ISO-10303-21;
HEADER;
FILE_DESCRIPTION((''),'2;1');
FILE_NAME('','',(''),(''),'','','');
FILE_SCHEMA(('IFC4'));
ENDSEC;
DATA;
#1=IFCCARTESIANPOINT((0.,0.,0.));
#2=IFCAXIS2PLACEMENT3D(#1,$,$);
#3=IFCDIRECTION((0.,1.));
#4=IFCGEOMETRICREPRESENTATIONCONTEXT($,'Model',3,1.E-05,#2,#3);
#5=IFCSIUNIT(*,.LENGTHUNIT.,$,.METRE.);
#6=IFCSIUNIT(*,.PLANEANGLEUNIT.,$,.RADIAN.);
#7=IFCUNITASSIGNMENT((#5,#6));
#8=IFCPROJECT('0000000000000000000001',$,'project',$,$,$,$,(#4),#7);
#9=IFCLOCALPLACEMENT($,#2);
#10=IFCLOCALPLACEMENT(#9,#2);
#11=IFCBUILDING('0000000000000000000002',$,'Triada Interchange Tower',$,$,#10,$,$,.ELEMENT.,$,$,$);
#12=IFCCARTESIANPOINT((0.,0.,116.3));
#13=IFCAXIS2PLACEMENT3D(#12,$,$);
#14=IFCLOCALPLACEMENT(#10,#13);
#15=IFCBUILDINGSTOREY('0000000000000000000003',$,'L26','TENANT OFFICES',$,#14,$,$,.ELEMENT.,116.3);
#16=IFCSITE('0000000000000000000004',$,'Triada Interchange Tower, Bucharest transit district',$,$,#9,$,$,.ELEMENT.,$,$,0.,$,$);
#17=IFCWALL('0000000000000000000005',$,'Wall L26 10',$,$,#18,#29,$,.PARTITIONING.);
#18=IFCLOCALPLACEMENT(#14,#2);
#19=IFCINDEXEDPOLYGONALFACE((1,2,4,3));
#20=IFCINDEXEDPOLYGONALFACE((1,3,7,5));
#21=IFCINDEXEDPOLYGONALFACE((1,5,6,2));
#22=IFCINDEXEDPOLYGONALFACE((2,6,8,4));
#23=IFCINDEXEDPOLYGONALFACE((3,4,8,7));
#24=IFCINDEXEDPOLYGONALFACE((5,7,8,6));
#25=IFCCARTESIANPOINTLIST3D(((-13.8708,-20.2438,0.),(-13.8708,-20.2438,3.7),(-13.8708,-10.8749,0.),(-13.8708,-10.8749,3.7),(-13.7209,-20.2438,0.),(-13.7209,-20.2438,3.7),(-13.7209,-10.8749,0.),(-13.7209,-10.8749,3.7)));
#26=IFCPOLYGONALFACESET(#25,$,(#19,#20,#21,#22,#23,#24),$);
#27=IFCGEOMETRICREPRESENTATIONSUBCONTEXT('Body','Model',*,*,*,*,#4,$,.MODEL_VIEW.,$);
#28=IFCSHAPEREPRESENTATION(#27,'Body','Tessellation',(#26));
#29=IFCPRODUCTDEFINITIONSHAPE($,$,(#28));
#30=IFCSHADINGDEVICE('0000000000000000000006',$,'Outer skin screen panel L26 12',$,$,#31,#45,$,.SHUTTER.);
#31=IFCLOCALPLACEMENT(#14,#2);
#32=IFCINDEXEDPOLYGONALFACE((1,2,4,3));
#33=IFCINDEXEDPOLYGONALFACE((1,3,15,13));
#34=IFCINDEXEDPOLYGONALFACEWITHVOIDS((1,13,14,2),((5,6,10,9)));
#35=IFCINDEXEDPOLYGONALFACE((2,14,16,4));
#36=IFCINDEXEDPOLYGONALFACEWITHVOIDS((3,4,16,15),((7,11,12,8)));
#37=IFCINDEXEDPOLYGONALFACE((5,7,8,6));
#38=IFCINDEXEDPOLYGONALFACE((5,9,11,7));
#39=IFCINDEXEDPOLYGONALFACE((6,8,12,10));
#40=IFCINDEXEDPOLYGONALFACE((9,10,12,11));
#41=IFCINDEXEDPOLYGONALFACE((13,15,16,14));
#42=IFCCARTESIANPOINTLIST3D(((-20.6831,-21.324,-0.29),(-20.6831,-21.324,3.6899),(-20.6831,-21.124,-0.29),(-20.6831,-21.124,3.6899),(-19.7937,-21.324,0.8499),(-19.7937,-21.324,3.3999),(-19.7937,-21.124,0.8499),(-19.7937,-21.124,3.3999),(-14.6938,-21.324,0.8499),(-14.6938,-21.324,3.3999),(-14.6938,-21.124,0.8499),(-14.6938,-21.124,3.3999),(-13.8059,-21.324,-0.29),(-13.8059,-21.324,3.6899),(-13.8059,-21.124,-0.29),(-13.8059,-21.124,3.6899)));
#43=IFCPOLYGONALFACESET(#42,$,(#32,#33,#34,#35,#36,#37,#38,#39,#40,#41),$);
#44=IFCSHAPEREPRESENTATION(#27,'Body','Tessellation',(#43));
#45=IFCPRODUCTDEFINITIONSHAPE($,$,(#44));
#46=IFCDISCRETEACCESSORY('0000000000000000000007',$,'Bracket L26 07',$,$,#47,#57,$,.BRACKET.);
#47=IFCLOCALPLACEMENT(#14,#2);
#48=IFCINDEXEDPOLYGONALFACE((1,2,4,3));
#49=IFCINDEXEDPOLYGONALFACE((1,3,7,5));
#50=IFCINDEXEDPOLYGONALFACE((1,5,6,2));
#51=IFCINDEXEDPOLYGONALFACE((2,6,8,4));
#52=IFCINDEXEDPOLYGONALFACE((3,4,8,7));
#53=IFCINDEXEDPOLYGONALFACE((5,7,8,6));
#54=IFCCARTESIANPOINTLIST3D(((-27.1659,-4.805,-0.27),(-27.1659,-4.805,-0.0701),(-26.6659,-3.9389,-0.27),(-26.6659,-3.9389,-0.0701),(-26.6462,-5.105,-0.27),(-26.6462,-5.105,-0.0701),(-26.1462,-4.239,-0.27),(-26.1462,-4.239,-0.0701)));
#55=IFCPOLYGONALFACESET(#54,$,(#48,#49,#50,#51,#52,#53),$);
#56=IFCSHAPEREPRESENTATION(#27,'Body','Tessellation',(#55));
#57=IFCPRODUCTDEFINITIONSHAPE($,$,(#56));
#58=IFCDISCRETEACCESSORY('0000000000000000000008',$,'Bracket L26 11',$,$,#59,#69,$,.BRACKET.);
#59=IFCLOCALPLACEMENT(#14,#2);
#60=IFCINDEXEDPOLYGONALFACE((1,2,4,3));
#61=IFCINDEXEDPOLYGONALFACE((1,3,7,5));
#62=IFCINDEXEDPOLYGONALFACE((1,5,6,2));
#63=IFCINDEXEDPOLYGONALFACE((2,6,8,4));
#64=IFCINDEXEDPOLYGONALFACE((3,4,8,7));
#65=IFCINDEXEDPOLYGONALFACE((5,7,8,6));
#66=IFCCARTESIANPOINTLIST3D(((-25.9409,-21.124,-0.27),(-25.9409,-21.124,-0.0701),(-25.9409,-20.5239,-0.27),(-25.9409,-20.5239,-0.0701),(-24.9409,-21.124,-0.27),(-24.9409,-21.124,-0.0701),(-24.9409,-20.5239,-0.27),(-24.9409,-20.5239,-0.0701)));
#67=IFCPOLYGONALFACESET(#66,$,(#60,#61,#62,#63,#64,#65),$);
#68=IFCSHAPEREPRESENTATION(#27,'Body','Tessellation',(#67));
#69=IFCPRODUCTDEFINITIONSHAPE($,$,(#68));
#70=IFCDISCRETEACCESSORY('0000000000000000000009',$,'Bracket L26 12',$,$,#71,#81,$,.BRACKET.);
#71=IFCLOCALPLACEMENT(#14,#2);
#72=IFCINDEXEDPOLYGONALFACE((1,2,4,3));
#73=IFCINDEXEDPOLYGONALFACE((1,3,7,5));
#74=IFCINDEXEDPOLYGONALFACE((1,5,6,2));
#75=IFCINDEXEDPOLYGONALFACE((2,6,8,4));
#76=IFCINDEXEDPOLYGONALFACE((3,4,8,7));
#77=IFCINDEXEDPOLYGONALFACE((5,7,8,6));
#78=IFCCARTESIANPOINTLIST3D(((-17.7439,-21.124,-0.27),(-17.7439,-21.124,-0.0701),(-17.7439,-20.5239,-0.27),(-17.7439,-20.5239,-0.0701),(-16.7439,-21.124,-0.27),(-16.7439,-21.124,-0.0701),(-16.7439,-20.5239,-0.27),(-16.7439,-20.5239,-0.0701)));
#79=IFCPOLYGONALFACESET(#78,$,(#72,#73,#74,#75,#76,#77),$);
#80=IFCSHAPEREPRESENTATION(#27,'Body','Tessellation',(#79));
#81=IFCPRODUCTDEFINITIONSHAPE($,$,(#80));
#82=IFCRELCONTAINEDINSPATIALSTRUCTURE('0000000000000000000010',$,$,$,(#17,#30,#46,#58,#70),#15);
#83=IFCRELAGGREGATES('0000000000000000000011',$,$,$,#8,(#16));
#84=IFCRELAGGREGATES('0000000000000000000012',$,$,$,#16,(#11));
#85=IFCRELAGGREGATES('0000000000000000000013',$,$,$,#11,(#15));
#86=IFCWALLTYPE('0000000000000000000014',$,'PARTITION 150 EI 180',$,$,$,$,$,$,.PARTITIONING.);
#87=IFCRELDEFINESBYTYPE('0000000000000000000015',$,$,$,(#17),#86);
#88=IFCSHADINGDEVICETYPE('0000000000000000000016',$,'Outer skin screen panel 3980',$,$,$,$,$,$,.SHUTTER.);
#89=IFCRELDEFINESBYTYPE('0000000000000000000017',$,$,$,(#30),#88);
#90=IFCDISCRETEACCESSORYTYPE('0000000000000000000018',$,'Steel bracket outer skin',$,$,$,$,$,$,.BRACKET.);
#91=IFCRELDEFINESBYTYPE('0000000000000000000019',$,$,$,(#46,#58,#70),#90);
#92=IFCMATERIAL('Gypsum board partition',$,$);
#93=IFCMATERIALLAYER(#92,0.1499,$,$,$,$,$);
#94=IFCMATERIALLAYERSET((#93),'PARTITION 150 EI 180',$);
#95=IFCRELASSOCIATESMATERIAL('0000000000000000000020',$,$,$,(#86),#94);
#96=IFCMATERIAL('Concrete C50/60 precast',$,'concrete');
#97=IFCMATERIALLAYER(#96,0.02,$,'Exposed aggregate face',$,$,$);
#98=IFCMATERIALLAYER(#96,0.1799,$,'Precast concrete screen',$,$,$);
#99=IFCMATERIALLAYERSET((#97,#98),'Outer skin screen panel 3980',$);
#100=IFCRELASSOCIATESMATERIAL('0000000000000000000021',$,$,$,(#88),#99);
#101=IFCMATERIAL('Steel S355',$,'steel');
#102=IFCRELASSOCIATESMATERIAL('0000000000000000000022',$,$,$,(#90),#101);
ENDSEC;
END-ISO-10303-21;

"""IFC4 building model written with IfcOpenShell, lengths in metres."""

from ifc_helpers import new_model, si_unit, direction, frame, frame_2d, origin, origin_2d, place, context, subcontext, project, spatial, polyline, rectangle, outline, extrude, material, layer, layer_set, type_object, element, save


model = new_model("IFC4")

# Units and contexts
model_context = context("Model", 3, precision=1e-05, world=origin(), true_north=direction((0.0, 1.0)))
body_context = subcontext(model_context, "Body", "Model", "MODEL_VIEW")
ifc_project = project(units=[si_unit("LENGTHUNIT", "METRE"), si_unit("PLANEANGLEUNIT", "RADIAN")], contexts=[model_context])

# Site, building, storey
site_placement = place(None, origin())
site = spatial("IfcSite", under=ifc_project, at=site_placement, Name="Triada Interchange Tower, Bucharest transit district", CompositionType="ELEMENT", RefElevation=0.0)
building_placement = place(site_placement, origin())
building = spatial("IfcBuilding", under=site, at=building_placement, Name="Triada Interchange Tower", CompositionType="ELEMENT")
storey_placement = place(building_placement, frame((0.0, 0.0, 116.3)))
storey = spatial("IfcBuildingStorey", under=building, at=storey_placement, Name="L26", Description="TENANT OFFICES", CompositionType="ELEMENT", Elevation=116.3)

# Shared definitions
ifc_material_1 = material(Name="Gypsum board partition")
ifc_layer_1 = layer(ifc_material_1, 0.1499)
ifc_layer_set_1 = layer_set([ifc_layer_1], Name="PARTITION 150 EI 180")
wall_type_1 = type_object("IfcWallType", Name="PARTITION 150 EI 180", PredefinedType="PARTITIONING", material=ifc_layer_set_1)

# Wall
wall_1_placement = place(storey_placement, frame((-13.7959, -20.2439, 0.0), z_axis=(0.0, 0.0, 1.0), x_axis=(0.0, 1.0, 0.0)))
element("IfcWall", 1, at=wall_1_placement, inside=storey, type_object=wall_type_1, Name="Wall L26 10", PredefinedType="PARTITIONING", context=body_context, shape_type="SweptSolid", body=[
    extrude(rectangle(XDim=9.3689, YDim=0.1499, at=frame_2d((4.6846, 0.0))), origin(), (0.0, 0.0, 1.0), 3.7),
])

# Shading device
ifc_material_2 = material(Name="Concrete C50/60 precast", Category="concrete")
ifc_layer_2 = layer(ifc_material_2, 0.02, Name="Exposed aggregate face")
ifc_layer_3 = layer(ifc_material_2, 0.1799, Name="Precast concrete screen")
ifc_layer_set_2 = layer_set([ifc_layer_2, ifc_layer_3], Name="Outer skin screen panel 3980")
shading_device_type = type_object("IfcShadingDeviceType", Name="Outer skin screen panel 3980", PredefinedType="SHUTTER", material=ifc_layer_set_2)
shading_device_placement = place(storey_placement, frame((-20.6831, -21.124, -0.29), z_axis=(0.0, 0.0, 1.0), x_axis=(1.0, 0.0, 0.0)))
element("IfcShadingDevice", 2, at=shading_device_placement, inside=storey, type_object=shading_device_type, Name="Outer skin screen panel L26 12", PredefinedType="SHUTTER", context=body_context, shape_type="SweptSolid", body=[
    extrude(outline(polyline([(0.0, 0.0), (6.8772, 0.0), (6.8772, 3.98), (0.0, 3.98), (0.0, 0.0)]), holes=[polyline([(0.8894, 1.1399), (0.8894, 3.6899), (5.9893, 3.6899), (5.9893, 1.1399), (0.8894, 1.1399)])]), frame((0.0, 0.0, 0.0), z_axis=(0.0, -1.0, 0.0), x_axis=(1.0, 0.0, 0.0)), (0.0, 0.0, 1.0), 0.2),
])

# Discrete accessories
ifc_material_3 = material(Name="Steel S355", Category="steel")
discrete_accessory_type = type_object("IfcDiscreteAccessoryType", Name="Steel bracket outer skin", PredefinedType="BRACKET", material=ifc_material_3)
for number, where, z_axis, x_axis, name in (
    (3, (-26.656, -4.522, -0.27), (0.0, 0.0, 1.0), (-0.866028, 0.499995, 0.0), "Bracket L26 07"),
    (4, (-25.4409, -20.824, -0.27), (0.0, 0.0, 1.0), (0.0, -1.0, 0.0), "Bracket L26 11"),
    (5, (-17.2439, -20.824, -0.27), (0.0, 0.0, 1.0), (0.0, -1.0, 0.0), "Bracket L26 12"),
):
    element("IfcDiscreteAccessory", number, at=place(storey_placement, frame(where, z_axis=z_axis, x_axis=x_axis)), inside=storey, type_object=discrete_accessory_type, Name=name, PredefinedType="BRACKET", context=body_context, shape_type="SweptSolid", body=[
        extrude(rectangle(XDim=0.6001, YDim=1.0, at=origin_2d()), origin(), (0.0, 0.0, 1.0), 0.2),
    ])

save(model, "model.ifc")
